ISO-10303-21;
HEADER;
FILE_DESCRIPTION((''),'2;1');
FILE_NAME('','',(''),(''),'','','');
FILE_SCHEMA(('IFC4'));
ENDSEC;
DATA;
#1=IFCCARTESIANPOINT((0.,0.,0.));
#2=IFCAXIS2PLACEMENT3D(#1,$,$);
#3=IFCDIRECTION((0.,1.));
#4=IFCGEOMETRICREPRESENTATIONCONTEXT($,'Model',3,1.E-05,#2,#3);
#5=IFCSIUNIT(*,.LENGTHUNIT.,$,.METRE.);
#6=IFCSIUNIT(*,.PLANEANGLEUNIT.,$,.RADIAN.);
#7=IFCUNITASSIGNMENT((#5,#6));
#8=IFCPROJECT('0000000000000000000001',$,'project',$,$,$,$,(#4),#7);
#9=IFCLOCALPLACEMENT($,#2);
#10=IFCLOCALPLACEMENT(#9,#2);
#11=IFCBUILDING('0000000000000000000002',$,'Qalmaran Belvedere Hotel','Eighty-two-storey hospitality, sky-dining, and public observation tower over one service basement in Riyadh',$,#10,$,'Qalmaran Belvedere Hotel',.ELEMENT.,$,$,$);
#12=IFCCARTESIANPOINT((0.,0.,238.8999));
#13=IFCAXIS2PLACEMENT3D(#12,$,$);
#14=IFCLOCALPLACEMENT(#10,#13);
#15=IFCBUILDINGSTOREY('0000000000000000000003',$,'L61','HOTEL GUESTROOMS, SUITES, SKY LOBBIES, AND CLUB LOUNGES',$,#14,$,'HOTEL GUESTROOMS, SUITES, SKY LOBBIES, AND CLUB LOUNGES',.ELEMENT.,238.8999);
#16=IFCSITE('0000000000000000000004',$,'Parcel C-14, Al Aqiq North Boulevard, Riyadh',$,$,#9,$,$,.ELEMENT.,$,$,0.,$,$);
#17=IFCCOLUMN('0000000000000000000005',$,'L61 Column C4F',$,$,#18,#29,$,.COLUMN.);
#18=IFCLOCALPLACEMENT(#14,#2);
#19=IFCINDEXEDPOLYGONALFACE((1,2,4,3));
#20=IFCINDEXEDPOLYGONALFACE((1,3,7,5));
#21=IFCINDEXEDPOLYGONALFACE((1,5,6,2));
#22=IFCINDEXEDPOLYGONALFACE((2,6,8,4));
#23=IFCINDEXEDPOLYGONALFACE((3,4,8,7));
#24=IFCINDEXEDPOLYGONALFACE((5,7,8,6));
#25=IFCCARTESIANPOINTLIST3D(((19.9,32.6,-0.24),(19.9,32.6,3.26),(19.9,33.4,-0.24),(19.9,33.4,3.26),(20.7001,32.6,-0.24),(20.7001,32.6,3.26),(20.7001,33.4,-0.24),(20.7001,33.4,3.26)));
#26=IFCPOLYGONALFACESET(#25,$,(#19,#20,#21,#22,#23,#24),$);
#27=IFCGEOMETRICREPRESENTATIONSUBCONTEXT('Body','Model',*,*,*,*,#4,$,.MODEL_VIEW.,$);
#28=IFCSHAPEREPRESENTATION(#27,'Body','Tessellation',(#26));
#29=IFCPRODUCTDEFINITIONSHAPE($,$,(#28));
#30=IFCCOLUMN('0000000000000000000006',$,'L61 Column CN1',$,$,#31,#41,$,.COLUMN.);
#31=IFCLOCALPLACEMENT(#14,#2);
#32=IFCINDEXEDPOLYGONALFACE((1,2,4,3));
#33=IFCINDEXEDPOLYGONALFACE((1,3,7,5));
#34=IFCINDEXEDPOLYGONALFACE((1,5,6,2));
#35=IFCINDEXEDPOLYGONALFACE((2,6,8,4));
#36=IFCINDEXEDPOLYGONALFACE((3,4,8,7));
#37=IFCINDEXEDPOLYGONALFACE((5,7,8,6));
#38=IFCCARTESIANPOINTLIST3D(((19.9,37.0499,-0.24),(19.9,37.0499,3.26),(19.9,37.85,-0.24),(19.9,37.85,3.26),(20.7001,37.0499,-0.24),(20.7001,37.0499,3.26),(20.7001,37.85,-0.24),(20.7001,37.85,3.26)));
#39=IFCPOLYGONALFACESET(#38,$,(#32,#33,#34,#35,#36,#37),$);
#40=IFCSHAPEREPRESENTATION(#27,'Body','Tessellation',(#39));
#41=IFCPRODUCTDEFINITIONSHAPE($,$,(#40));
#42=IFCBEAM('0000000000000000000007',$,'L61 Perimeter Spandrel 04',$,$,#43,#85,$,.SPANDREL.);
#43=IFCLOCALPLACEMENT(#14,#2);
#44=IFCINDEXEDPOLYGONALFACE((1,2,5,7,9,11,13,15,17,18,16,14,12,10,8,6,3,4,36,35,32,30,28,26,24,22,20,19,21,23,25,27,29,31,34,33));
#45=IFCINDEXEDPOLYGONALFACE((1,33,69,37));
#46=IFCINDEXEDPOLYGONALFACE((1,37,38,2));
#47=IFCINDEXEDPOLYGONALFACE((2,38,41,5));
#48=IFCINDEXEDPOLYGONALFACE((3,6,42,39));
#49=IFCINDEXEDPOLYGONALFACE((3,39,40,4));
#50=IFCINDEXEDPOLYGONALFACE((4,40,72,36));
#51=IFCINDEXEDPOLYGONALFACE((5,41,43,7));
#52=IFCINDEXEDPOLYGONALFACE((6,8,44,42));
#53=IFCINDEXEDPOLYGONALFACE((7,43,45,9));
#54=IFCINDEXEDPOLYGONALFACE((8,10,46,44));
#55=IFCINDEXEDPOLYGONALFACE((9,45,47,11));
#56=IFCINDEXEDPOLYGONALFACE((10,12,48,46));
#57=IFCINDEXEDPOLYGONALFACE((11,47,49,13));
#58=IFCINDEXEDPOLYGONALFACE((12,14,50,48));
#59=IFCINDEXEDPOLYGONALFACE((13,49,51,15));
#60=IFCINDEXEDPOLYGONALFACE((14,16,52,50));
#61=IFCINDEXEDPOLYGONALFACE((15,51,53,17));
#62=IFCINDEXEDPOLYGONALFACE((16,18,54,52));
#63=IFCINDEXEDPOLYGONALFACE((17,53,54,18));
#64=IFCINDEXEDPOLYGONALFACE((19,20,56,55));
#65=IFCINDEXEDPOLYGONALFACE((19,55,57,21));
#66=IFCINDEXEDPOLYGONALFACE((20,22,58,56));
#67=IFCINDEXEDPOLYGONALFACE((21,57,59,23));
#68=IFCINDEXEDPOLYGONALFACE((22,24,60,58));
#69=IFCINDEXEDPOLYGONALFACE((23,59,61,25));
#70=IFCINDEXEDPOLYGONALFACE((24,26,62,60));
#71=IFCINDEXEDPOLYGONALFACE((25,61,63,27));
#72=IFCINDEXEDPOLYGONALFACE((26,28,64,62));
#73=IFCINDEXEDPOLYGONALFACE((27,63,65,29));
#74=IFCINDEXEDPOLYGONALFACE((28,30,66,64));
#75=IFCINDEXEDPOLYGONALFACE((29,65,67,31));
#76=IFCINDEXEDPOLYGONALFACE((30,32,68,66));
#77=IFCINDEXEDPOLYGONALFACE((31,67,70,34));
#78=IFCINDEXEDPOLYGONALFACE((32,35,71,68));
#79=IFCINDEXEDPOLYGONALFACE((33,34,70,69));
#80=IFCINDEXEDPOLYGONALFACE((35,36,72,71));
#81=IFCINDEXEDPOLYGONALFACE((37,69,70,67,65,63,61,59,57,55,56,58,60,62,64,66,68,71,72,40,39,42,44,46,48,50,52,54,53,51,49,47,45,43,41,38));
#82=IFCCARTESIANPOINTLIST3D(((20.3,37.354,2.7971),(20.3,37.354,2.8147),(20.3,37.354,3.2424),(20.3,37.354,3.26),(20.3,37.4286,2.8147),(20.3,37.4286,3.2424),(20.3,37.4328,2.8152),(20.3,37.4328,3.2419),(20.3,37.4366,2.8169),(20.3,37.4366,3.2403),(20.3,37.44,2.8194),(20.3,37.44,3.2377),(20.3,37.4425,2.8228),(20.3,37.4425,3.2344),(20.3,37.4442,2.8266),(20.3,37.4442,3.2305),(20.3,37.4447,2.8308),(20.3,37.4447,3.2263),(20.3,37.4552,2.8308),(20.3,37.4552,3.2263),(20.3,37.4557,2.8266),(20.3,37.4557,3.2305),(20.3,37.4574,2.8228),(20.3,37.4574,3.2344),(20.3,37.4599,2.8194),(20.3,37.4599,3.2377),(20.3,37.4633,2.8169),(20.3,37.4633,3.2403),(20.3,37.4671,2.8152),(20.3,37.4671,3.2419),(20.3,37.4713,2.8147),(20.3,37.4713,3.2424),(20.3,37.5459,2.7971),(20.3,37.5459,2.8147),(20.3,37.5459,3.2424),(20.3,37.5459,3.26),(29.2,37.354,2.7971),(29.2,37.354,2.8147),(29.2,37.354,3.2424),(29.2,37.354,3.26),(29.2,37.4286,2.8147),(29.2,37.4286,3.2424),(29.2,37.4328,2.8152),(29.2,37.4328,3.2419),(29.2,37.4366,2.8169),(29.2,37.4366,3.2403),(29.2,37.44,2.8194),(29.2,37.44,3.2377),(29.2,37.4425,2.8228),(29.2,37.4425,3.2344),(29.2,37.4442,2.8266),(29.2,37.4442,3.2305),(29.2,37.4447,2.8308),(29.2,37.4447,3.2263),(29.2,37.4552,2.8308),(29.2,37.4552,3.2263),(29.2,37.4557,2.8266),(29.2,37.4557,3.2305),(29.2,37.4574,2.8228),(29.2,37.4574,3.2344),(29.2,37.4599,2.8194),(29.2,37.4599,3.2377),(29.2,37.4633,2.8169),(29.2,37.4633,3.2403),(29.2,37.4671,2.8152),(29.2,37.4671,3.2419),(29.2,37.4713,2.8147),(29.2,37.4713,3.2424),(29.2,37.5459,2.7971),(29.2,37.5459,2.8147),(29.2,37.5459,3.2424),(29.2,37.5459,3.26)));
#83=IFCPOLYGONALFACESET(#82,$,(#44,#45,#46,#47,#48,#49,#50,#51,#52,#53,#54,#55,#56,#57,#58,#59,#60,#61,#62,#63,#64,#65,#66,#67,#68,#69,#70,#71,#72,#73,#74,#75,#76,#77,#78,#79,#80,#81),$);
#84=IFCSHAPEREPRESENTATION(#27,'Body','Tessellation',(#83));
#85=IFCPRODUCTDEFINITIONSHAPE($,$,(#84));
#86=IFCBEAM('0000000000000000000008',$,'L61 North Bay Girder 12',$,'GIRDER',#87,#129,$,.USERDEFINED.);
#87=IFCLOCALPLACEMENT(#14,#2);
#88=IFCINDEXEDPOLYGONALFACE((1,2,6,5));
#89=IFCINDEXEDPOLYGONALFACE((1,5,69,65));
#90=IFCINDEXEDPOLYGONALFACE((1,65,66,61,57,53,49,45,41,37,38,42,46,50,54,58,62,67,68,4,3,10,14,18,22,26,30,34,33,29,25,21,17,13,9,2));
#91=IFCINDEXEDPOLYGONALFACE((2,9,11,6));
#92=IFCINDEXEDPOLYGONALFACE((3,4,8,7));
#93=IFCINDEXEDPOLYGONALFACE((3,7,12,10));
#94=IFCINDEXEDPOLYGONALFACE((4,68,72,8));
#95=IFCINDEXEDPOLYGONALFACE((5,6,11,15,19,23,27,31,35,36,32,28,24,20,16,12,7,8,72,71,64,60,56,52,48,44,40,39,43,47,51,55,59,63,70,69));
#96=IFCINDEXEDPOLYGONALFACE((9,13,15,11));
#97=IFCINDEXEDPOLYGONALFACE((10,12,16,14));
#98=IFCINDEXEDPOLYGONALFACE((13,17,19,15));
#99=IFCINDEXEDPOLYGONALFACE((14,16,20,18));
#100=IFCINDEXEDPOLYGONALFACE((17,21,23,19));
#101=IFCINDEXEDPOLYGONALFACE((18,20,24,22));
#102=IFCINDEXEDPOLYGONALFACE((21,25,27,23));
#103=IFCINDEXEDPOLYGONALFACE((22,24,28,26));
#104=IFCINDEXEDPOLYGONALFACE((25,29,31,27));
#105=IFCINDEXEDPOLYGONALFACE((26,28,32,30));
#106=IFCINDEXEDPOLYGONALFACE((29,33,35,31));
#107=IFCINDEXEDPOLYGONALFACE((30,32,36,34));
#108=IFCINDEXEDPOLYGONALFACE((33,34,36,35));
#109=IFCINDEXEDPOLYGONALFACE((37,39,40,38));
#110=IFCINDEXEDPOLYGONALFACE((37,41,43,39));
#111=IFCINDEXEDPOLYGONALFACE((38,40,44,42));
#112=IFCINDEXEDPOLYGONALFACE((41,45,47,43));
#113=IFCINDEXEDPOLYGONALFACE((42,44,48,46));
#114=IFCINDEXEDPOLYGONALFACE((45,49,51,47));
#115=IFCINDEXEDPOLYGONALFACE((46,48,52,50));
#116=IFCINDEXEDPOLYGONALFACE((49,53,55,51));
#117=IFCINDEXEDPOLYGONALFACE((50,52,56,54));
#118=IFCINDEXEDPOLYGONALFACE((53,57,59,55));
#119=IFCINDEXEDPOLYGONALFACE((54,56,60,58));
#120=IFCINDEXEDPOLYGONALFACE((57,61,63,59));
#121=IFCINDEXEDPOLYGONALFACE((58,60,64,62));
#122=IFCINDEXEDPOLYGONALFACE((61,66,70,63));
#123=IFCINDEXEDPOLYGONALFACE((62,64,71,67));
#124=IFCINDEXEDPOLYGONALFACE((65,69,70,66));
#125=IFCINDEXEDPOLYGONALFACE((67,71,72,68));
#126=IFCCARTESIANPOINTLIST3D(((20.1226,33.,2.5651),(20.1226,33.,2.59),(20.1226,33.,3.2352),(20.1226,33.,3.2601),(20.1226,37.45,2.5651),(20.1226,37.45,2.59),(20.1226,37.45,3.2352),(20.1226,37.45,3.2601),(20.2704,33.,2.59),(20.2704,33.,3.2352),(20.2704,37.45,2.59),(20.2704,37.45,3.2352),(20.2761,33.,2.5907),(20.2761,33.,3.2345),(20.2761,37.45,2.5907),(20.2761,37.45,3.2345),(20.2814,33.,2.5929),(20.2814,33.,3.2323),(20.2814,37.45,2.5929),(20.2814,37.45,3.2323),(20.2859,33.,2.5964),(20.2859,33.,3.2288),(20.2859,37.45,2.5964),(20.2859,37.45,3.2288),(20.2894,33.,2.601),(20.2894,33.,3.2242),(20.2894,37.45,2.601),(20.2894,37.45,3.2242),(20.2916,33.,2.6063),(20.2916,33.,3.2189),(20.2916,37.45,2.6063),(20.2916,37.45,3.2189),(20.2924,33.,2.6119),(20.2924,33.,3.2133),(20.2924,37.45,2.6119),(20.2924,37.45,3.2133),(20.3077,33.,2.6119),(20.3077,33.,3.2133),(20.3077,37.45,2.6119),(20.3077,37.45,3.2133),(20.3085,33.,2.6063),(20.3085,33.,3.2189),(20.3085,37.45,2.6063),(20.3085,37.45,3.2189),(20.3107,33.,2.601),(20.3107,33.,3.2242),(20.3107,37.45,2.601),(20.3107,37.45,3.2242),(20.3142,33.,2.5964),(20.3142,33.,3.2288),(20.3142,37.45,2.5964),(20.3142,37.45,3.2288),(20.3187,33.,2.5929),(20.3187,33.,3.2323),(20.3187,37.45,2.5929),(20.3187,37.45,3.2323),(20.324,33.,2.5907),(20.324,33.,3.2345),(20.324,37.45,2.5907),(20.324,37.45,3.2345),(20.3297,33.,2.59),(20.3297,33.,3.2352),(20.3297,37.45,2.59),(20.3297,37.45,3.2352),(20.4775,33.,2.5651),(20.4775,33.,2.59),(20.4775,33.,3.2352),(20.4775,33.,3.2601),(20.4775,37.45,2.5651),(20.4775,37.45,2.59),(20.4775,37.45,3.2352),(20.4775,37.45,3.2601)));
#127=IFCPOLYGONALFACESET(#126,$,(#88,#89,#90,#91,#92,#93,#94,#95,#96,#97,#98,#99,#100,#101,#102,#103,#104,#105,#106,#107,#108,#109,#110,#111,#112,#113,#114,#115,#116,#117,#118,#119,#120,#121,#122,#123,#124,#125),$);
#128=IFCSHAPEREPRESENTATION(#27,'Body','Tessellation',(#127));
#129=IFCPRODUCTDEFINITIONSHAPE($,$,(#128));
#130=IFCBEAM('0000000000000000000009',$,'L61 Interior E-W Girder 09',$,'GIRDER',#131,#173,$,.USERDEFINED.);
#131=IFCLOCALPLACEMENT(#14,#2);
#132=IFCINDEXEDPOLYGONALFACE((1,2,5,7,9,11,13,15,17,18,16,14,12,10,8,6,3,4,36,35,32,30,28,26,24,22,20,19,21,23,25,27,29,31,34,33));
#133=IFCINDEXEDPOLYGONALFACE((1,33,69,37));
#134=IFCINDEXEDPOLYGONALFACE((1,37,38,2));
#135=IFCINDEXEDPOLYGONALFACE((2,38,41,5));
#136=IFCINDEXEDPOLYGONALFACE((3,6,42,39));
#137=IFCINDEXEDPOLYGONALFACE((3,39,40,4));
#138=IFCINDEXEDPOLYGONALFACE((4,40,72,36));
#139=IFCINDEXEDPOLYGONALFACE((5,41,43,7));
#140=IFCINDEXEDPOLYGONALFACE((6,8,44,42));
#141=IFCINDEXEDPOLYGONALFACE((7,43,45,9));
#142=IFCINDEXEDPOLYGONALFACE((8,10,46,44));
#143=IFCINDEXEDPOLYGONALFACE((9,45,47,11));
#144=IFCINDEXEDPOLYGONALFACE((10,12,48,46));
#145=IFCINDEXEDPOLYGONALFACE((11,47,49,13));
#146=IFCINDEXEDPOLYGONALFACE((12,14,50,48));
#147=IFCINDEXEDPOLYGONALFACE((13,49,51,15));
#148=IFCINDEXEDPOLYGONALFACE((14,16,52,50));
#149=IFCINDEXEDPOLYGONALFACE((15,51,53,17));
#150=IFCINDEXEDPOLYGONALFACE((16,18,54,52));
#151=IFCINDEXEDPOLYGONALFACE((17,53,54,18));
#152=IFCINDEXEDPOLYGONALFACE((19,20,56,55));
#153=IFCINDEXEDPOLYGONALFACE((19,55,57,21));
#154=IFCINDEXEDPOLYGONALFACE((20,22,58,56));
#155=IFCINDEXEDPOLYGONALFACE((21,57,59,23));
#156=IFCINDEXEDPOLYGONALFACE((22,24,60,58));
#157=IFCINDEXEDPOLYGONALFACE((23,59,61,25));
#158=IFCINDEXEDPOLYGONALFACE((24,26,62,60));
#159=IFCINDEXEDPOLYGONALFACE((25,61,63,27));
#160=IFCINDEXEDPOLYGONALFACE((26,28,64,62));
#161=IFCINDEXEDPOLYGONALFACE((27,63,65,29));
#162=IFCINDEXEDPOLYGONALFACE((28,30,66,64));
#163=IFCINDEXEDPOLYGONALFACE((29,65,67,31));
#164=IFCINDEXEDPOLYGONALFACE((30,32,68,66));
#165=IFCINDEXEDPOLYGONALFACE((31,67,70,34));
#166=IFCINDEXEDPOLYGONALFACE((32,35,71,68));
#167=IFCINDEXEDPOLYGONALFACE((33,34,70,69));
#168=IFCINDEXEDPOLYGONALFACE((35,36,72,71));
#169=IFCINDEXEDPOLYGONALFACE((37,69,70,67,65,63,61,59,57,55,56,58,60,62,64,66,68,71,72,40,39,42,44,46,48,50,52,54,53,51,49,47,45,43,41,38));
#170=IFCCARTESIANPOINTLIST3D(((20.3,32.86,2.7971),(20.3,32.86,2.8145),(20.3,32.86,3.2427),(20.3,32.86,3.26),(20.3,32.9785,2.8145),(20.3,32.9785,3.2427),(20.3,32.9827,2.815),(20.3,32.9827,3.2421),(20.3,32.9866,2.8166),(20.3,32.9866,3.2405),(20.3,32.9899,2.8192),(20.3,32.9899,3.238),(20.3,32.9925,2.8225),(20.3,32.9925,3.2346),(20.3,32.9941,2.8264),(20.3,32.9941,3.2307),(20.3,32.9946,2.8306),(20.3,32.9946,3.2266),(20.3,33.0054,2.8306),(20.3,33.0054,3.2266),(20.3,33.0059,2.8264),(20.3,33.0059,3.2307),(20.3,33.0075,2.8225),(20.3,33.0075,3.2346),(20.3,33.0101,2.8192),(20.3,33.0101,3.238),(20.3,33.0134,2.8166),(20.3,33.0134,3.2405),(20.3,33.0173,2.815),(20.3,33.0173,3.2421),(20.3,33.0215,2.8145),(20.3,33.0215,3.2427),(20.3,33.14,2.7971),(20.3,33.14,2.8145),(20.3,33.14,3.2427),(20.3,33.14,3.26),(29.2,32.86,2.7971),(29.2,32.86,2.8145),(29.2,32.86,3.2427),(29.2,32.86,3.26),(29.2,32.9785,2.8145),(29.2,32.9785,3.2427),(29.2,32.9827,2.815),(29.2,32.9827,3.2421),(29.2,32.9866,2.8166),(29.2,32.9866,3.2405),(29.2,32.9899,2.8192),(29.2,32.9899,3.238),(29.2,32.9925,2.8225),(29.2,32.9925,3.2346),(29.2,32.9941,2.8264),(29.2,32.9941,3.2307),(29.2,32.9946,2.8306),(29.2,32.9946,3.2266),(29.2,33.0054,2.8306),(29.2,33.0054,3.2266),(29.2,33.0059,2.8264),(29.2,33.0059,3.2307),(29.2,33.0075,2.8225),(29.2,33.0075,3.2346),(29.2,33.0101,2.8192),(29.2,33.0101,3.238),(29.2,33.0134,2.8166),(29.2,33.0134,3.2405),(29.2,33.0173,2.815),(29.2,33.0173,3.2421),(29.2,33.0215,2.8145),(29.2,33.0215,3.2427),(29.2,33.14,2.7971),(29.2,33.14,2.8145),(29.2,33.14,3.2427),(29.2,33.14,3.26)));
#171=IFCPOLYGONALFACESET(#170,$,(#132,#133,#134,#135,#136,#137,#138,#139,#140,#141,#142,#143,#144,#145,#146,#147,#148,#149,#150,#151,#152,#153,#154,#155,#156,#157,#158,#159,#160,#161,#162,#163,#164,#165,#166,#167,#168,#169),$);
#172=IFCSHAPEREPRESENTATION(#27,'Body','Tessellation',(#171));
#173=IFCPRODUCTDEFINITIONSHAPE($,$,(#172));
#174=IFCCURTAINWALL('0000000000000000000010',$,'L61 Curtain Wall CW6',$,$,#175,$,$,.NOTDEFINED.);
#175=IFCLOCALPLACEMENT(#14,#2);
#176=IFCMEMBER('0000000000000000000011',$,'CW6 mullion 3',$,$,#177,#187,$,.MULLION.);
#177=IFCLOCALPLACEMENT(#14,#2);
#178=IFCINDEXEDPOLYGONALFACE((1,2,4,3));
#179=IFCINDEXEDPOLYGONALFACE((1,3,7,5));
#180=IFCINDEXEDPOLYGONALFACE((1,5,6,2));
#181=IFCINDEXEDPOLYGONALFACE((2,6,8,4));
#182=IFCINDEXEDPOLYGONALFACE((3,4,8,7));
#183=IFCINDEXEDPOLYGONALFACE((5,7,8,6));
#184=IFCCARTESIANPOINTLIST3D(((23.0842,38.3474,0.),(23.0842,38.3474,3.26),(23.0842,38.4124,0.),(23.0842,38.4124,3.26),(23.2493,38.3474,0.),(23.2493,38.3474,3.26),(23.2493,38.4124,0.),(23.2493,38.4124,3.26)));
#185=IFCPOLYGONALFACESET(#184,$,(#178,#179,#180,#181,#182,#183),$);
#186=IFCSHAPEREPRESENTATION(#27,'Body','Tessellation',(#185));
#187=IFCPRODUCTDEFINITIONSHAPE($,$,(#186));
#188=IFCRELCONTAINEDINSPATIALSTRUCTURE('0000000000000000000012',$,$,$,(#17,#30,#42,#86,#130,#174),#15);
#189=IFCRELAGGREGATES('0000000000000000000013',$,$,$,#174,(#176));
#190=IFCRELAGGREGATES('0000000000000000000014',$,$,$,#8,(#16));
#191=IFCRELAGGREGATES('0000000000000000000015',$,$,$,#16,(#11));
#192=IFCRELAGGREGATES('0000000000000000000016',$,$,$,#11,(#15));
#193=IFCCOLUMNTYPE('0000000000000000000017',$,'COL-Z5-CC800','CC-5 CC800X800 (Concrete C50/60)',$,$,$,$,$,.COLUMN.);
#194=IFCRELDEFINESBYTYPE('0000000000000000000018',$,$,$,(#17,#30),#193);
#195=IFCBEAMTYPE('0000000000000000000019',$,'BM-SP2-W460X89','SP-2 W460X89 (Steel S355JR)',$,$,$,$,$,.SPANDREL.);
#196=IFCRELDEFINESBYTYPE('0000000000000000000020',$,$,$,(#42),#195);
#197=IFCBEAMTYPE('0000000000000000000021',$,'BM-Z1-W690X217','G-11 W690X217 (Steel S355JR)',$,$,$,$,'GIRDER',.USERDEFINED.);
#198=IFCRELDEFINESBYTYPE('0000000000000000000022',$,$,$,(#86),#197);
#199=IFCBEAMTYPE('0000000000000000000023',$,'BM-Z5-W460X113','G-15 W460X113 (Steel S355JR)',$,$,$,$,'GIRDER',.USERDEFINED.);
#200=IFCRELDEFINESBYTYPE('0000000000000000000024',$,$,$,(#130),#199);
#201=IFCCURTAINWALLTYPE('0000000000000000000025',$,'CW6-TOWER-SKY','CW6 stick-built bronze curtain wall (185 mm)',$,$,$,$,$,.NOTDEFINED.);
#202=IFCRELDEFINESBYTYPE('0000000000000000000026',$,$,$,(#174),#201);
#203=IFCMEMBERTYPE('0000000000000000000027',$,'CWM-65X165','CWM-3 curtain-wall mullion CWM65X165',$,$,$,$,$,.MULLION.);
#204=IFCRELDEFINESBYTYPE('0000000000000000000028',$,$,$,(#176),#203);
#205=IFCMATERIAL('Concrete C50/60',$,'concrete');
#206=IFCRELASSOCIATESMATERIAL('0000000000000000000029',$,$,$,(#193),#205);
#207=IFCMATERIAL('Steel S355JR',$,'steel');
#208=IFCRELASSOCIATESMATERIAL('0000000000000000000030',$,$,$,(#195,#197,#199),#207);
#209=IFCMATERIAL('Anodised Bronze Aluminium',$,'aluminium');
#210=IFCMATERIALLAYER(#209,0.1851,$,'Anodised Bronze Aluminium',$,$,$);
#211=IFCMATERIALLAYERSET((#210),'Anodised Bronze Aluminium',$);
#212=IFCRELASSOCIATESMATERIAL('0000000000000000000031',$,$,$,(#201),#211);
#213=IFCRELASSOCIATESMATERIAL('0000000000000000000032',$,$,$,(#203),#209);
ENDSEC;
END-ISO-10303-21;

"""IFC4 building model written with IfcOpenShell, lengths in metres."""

from ifc_helpers import new_model, si_unit, direction, frame, origin, origin_2d, place, context, subcontext, project, spatial, rectangle, i_section, extrude, material, layer, layer_set, material_profile, profile_set, type_object, element, aggregate, save


model = new_model("IFC4")

# Units and contexts
model_context = context("Model", 3, precision=1e-05, world=origin(), true_north=direction((0.0, 1.0)))
body_context = subcontext(model_context, "Body", "Model", "MODEL_VIEW")
ifc_project = project(units=[si_unit("LENGTHUNIT", "METRE"), si_unit("PLANEANGLEUNIT", "RADIAN")], contexts=[model_context])

# Site, building, storey
site_placement = place(None, origin())
site = spatial("IfcSite", under=ifc_project, at=site_placement, Name="Parcel C-14, Al Aqiq North Boulevard, Riyadh", CompositionType="ELEMENT", RefElevation=0.0)
building_placement = place(site_placement, origin())
building = spatial("IfcBuilding", under=site, at=building_placement, Name="Qalmaran Belvedere Hotel", Description="Eighty-two-storey hospitality, sky-dining, and public observation tower over one service basement in Riyadh", LongName="Qalmaran Belvedere Hotel", CompositionType="ELEMENT")
storey_placement = place(building_placement, frame((0.0, 0.0, 238.8999)))
storey = spatial("IfcBuildingStorey", under=building, at=storey_placement, Name="L61", Description="HOTEL GUESTROOMS, SUITES, SKY LOBBIES, AND CLUB LOUNGES", LongName="HOTEL GUESTROOMS, SUITES, SKY LOBBIES, AND CLUB LOUNGES", CompositionType="ELEMENT", Elevation=238.8999)

# Columns
ifc_material_1 = material(Name="Concrete C50/60", Category="concrete")
ifc_material_profile_1 = material_profile(ifc_material_1, rectangle(XDim=0.8, YDim=0.8, at=origin_2d()), Name="CC800X800")
ifc_profile_set_1 = profile_set([ifc_material_profile_1], Name="Concrete C50/60")
column_type = type_object("IfcColumnType", Name="COL-Z5-CC800", Description="CC-5 CC800X800 (Concrete C50/60)", PredefinedType="COLUMN", material=ifc_profile_set_1)
for number, where, z_axis, x_axis, name in (
    (1, (20.3, 33.0, -0.24), (0.0, 0.0, 1.0), (1.0, 0.0, 0.0), "L61 Column C4F"),
    (2, (20.3, 37.45, -0.24), (0.0, 0.0, 1.0), (1.0, 0.0, 0.0), "L61 Column CN1"),
):
    element("IfcColumn", number, at=place(storey_placement, frame(where, z_axis=z_axis, x_axis=x_axis)), inside=storey, type_object=column_type, Name=name, PredefinedType="COLUMN", context=body_context, shape_type="SweptSolid", body=[
        extrude(rectangle(XDim=0.8, YDim=0.8, at=origin_2d()), origin(), (0.0, 0.0, 1.0), 3.5),
    ])

# Beams
ifc_material_2 = material(Name="Steel S355JR", Category="steel")
ifc_material_profile_2 = material_profile(ifc_material_2, i_section(OverallWidth=0.1919, OverallDepth=0.4629, WebThickness=0.0105, FlangeThickness=0.0176, FilletRadius=0.0161, at=origin_2d()), Name="W460X89")
ifc_profile_set_2 = profile_set([ifc_material_profile_2], Name="Steel S355JR")
beam_type_1 = type_object("IfcBeamType", Name="BM-SP2-W460X89", Description="SP-2 W460X89 (Steel S355JR)", PredefinedType="SPANDREL", material=ifc_profile_set_2)
beam_1_placement = place(storey_placement, frame((20.3, 37.45, 3.0286), z_axis=(1.0, 0.0, 0.0), x_axis=(0.0, 1.0, 0.0)))
element("IfcBeam", 3, at=beam_1_placement, inside=storey, type_object=beam_type_1, Name="L61 Perimeter Spandrel 04", PredefinedType="SPANDREL", context=body_context, shape_type="SweptSolid", body=[
    extrude(i_section(OverallWidth=0.1919, OverallDepth=0.4629, WebThickness=0.0105, FlangeThickness=0.0176, FilletRadius=0.0161, at=origin_2d()), origin(), (0.0, 0.0, 1.0), 8.8999),
])
ifc_material_profile_3 = material_profile(ifc_material_2, i_section(OverallWidth=0.355, OverallDepth=0.6951, WebThickness=0.0154, FlangeThickness=0.0249, FilletRadius=0.022, at=origin_2d()), Name="W690X217")
ifc_profile_set_3 = profile_set([ifc_material_profile_3], Name="Steel S355JR")
beam_type_2 = type_object("IfcBeamType", Name="BM-Z1-W690X217", Description="G-11 W690X217 (Steel S355JR)", ElementType="GIRDER", PredefinedType="USERDEFINED", material=ifc_profile_set_3)
beam_2_placement = place(storey_placement, frame((20.3, 33.0, 2.9126), z_axis=(0.0, 1.0, 0.0), x_axis=(-1.0, 0.0, 0.0)))
element("IfcBeam", 4, at=beam_2_placement, inside=storey, type_object=beam_type_2, Name="L61 North Bay Girder 12", ObjectType="GIRDER", PredefinedType="USERDEFINED", context=body_context, shape_type="SweptSolid", body=[
    extrude(i_section(OverallWidth=0.355, OverallDepth=0.6951, WebThickness=0.0154, FlangeThickness=0.0249, FilletRadius=0.022, at=origin_2d()), origin(), (0.0, 0.0, 1.0), 4.45),
])
ifc_material_profile_4 = material_profile(ifc_material_2, i_section(OverallWidth=0.28, OverallDepth=0.4629, WebThickness=0.0107, FlangeThickness=0.0173, FilletRadius=0.0161, at=origin_2d()), Name="W460X113")
ifc_profile_set_4 = profile_set([ifc_material_profile_4], Name="Steel S355JR")
beam_type_3 = type_object("IfcBeamType", Name="BM-Z5-W460X113", Description="G-15 W460X113 (Steel S355JR)", ElementType="GIRDER", PredefinedType="USERDEFINED", material=ifc_profile_set_4)
beam_3_placement = place(storey_placement, frame((20.3, 33.0, 3.0286), z_axis=(1.0, 0.0, 0.0), x_axis=(0.0, 1.0, 0.0)))
element("IfcBeam", 5, at=beam_3_placement, inside=storey, type_object=beam_type_3, Name="L61 Interior E-W Girder 09", ObjectType="GIRDER", PredefinedType="USERDEFINED", context=body_context, shape_type="SweptSolid", body=[
    extrude(i_section(OverallWidth=0.28, OverallDepth=0.4629, WebThickness=0.0107, FlangeThickness=0.0173, FilletRadius=0.0161, at=origin_2d()), origin(), (0.0, 0.0, 1.0), 8.8999),
])

# Curtain wall, member
ifc_material_3 = material(Name="Anodised Bronze Aluminium", Category="aluminium")
ifc_layer_1 = layer(ifc_material_3, 0.1851, Name="Anodised Bronze Aluminium")
ifc_layer_set_1 = layer_set([ifc_layer_1], Name="Anodised Bronze Aluminium")
curtain_wall_type = type_object("IfcCurtainWallType", Name="CW6-TOWER-SKY", Description="CW6 stick-built bronze curtain wall (185 mm)", PredefinedType="NOTDEFINED", material=ifc_layer_set_1)
curtain_wall_placement = place(storey_placement, origin())
curtain_wall = element("IfcCurtainWall", 6, at=curtain_wall_placement, inside=storey, type_object=curtain_wall_type, Name="L61 Curtain Wall CW6", PredefinedType="NOTDEFINED")
ifc_material_profile_5 = material_profile(ifc_material_3, rectangle(XDim=0.0649, YDim=0.165, at=origin_2d()), Name="CWM65X165")
ifc_profile_set_5 = profile_set([ifc_material_profile_5], Name="Anodised Bronze Aluminium")
member_type_1 = type_object("IfcMemberType", Name="CWM-65X165", Description="CWM-3 curtain-wall mullion CWM65X165", PredefinedType="MULLION", material=ifc_profile_set_5)
member_1_placement = place(storey_placement, frame((23.1667, 38.3799, 0.0), z_axis=(0.0, 0.0, 1.0), x_axis=(0.0, -1.0, 0.0)))
member_1 = element("IfcMember", 7, at=member_1_placement, type_object=member_type_1, Name="CW6 mullion 3", PredefinedType="MULLION", context=body_context, shape_type="SweptSolid", body=[
    extrude(rectangle(XDim=0.0649, YDim=0.165, at=origin_2d()), origin(), (0.0, 0.0, 1.0), 3.26),
])
aggregate(curtain_wall, [member_1])

save(model, "model.ifc")
